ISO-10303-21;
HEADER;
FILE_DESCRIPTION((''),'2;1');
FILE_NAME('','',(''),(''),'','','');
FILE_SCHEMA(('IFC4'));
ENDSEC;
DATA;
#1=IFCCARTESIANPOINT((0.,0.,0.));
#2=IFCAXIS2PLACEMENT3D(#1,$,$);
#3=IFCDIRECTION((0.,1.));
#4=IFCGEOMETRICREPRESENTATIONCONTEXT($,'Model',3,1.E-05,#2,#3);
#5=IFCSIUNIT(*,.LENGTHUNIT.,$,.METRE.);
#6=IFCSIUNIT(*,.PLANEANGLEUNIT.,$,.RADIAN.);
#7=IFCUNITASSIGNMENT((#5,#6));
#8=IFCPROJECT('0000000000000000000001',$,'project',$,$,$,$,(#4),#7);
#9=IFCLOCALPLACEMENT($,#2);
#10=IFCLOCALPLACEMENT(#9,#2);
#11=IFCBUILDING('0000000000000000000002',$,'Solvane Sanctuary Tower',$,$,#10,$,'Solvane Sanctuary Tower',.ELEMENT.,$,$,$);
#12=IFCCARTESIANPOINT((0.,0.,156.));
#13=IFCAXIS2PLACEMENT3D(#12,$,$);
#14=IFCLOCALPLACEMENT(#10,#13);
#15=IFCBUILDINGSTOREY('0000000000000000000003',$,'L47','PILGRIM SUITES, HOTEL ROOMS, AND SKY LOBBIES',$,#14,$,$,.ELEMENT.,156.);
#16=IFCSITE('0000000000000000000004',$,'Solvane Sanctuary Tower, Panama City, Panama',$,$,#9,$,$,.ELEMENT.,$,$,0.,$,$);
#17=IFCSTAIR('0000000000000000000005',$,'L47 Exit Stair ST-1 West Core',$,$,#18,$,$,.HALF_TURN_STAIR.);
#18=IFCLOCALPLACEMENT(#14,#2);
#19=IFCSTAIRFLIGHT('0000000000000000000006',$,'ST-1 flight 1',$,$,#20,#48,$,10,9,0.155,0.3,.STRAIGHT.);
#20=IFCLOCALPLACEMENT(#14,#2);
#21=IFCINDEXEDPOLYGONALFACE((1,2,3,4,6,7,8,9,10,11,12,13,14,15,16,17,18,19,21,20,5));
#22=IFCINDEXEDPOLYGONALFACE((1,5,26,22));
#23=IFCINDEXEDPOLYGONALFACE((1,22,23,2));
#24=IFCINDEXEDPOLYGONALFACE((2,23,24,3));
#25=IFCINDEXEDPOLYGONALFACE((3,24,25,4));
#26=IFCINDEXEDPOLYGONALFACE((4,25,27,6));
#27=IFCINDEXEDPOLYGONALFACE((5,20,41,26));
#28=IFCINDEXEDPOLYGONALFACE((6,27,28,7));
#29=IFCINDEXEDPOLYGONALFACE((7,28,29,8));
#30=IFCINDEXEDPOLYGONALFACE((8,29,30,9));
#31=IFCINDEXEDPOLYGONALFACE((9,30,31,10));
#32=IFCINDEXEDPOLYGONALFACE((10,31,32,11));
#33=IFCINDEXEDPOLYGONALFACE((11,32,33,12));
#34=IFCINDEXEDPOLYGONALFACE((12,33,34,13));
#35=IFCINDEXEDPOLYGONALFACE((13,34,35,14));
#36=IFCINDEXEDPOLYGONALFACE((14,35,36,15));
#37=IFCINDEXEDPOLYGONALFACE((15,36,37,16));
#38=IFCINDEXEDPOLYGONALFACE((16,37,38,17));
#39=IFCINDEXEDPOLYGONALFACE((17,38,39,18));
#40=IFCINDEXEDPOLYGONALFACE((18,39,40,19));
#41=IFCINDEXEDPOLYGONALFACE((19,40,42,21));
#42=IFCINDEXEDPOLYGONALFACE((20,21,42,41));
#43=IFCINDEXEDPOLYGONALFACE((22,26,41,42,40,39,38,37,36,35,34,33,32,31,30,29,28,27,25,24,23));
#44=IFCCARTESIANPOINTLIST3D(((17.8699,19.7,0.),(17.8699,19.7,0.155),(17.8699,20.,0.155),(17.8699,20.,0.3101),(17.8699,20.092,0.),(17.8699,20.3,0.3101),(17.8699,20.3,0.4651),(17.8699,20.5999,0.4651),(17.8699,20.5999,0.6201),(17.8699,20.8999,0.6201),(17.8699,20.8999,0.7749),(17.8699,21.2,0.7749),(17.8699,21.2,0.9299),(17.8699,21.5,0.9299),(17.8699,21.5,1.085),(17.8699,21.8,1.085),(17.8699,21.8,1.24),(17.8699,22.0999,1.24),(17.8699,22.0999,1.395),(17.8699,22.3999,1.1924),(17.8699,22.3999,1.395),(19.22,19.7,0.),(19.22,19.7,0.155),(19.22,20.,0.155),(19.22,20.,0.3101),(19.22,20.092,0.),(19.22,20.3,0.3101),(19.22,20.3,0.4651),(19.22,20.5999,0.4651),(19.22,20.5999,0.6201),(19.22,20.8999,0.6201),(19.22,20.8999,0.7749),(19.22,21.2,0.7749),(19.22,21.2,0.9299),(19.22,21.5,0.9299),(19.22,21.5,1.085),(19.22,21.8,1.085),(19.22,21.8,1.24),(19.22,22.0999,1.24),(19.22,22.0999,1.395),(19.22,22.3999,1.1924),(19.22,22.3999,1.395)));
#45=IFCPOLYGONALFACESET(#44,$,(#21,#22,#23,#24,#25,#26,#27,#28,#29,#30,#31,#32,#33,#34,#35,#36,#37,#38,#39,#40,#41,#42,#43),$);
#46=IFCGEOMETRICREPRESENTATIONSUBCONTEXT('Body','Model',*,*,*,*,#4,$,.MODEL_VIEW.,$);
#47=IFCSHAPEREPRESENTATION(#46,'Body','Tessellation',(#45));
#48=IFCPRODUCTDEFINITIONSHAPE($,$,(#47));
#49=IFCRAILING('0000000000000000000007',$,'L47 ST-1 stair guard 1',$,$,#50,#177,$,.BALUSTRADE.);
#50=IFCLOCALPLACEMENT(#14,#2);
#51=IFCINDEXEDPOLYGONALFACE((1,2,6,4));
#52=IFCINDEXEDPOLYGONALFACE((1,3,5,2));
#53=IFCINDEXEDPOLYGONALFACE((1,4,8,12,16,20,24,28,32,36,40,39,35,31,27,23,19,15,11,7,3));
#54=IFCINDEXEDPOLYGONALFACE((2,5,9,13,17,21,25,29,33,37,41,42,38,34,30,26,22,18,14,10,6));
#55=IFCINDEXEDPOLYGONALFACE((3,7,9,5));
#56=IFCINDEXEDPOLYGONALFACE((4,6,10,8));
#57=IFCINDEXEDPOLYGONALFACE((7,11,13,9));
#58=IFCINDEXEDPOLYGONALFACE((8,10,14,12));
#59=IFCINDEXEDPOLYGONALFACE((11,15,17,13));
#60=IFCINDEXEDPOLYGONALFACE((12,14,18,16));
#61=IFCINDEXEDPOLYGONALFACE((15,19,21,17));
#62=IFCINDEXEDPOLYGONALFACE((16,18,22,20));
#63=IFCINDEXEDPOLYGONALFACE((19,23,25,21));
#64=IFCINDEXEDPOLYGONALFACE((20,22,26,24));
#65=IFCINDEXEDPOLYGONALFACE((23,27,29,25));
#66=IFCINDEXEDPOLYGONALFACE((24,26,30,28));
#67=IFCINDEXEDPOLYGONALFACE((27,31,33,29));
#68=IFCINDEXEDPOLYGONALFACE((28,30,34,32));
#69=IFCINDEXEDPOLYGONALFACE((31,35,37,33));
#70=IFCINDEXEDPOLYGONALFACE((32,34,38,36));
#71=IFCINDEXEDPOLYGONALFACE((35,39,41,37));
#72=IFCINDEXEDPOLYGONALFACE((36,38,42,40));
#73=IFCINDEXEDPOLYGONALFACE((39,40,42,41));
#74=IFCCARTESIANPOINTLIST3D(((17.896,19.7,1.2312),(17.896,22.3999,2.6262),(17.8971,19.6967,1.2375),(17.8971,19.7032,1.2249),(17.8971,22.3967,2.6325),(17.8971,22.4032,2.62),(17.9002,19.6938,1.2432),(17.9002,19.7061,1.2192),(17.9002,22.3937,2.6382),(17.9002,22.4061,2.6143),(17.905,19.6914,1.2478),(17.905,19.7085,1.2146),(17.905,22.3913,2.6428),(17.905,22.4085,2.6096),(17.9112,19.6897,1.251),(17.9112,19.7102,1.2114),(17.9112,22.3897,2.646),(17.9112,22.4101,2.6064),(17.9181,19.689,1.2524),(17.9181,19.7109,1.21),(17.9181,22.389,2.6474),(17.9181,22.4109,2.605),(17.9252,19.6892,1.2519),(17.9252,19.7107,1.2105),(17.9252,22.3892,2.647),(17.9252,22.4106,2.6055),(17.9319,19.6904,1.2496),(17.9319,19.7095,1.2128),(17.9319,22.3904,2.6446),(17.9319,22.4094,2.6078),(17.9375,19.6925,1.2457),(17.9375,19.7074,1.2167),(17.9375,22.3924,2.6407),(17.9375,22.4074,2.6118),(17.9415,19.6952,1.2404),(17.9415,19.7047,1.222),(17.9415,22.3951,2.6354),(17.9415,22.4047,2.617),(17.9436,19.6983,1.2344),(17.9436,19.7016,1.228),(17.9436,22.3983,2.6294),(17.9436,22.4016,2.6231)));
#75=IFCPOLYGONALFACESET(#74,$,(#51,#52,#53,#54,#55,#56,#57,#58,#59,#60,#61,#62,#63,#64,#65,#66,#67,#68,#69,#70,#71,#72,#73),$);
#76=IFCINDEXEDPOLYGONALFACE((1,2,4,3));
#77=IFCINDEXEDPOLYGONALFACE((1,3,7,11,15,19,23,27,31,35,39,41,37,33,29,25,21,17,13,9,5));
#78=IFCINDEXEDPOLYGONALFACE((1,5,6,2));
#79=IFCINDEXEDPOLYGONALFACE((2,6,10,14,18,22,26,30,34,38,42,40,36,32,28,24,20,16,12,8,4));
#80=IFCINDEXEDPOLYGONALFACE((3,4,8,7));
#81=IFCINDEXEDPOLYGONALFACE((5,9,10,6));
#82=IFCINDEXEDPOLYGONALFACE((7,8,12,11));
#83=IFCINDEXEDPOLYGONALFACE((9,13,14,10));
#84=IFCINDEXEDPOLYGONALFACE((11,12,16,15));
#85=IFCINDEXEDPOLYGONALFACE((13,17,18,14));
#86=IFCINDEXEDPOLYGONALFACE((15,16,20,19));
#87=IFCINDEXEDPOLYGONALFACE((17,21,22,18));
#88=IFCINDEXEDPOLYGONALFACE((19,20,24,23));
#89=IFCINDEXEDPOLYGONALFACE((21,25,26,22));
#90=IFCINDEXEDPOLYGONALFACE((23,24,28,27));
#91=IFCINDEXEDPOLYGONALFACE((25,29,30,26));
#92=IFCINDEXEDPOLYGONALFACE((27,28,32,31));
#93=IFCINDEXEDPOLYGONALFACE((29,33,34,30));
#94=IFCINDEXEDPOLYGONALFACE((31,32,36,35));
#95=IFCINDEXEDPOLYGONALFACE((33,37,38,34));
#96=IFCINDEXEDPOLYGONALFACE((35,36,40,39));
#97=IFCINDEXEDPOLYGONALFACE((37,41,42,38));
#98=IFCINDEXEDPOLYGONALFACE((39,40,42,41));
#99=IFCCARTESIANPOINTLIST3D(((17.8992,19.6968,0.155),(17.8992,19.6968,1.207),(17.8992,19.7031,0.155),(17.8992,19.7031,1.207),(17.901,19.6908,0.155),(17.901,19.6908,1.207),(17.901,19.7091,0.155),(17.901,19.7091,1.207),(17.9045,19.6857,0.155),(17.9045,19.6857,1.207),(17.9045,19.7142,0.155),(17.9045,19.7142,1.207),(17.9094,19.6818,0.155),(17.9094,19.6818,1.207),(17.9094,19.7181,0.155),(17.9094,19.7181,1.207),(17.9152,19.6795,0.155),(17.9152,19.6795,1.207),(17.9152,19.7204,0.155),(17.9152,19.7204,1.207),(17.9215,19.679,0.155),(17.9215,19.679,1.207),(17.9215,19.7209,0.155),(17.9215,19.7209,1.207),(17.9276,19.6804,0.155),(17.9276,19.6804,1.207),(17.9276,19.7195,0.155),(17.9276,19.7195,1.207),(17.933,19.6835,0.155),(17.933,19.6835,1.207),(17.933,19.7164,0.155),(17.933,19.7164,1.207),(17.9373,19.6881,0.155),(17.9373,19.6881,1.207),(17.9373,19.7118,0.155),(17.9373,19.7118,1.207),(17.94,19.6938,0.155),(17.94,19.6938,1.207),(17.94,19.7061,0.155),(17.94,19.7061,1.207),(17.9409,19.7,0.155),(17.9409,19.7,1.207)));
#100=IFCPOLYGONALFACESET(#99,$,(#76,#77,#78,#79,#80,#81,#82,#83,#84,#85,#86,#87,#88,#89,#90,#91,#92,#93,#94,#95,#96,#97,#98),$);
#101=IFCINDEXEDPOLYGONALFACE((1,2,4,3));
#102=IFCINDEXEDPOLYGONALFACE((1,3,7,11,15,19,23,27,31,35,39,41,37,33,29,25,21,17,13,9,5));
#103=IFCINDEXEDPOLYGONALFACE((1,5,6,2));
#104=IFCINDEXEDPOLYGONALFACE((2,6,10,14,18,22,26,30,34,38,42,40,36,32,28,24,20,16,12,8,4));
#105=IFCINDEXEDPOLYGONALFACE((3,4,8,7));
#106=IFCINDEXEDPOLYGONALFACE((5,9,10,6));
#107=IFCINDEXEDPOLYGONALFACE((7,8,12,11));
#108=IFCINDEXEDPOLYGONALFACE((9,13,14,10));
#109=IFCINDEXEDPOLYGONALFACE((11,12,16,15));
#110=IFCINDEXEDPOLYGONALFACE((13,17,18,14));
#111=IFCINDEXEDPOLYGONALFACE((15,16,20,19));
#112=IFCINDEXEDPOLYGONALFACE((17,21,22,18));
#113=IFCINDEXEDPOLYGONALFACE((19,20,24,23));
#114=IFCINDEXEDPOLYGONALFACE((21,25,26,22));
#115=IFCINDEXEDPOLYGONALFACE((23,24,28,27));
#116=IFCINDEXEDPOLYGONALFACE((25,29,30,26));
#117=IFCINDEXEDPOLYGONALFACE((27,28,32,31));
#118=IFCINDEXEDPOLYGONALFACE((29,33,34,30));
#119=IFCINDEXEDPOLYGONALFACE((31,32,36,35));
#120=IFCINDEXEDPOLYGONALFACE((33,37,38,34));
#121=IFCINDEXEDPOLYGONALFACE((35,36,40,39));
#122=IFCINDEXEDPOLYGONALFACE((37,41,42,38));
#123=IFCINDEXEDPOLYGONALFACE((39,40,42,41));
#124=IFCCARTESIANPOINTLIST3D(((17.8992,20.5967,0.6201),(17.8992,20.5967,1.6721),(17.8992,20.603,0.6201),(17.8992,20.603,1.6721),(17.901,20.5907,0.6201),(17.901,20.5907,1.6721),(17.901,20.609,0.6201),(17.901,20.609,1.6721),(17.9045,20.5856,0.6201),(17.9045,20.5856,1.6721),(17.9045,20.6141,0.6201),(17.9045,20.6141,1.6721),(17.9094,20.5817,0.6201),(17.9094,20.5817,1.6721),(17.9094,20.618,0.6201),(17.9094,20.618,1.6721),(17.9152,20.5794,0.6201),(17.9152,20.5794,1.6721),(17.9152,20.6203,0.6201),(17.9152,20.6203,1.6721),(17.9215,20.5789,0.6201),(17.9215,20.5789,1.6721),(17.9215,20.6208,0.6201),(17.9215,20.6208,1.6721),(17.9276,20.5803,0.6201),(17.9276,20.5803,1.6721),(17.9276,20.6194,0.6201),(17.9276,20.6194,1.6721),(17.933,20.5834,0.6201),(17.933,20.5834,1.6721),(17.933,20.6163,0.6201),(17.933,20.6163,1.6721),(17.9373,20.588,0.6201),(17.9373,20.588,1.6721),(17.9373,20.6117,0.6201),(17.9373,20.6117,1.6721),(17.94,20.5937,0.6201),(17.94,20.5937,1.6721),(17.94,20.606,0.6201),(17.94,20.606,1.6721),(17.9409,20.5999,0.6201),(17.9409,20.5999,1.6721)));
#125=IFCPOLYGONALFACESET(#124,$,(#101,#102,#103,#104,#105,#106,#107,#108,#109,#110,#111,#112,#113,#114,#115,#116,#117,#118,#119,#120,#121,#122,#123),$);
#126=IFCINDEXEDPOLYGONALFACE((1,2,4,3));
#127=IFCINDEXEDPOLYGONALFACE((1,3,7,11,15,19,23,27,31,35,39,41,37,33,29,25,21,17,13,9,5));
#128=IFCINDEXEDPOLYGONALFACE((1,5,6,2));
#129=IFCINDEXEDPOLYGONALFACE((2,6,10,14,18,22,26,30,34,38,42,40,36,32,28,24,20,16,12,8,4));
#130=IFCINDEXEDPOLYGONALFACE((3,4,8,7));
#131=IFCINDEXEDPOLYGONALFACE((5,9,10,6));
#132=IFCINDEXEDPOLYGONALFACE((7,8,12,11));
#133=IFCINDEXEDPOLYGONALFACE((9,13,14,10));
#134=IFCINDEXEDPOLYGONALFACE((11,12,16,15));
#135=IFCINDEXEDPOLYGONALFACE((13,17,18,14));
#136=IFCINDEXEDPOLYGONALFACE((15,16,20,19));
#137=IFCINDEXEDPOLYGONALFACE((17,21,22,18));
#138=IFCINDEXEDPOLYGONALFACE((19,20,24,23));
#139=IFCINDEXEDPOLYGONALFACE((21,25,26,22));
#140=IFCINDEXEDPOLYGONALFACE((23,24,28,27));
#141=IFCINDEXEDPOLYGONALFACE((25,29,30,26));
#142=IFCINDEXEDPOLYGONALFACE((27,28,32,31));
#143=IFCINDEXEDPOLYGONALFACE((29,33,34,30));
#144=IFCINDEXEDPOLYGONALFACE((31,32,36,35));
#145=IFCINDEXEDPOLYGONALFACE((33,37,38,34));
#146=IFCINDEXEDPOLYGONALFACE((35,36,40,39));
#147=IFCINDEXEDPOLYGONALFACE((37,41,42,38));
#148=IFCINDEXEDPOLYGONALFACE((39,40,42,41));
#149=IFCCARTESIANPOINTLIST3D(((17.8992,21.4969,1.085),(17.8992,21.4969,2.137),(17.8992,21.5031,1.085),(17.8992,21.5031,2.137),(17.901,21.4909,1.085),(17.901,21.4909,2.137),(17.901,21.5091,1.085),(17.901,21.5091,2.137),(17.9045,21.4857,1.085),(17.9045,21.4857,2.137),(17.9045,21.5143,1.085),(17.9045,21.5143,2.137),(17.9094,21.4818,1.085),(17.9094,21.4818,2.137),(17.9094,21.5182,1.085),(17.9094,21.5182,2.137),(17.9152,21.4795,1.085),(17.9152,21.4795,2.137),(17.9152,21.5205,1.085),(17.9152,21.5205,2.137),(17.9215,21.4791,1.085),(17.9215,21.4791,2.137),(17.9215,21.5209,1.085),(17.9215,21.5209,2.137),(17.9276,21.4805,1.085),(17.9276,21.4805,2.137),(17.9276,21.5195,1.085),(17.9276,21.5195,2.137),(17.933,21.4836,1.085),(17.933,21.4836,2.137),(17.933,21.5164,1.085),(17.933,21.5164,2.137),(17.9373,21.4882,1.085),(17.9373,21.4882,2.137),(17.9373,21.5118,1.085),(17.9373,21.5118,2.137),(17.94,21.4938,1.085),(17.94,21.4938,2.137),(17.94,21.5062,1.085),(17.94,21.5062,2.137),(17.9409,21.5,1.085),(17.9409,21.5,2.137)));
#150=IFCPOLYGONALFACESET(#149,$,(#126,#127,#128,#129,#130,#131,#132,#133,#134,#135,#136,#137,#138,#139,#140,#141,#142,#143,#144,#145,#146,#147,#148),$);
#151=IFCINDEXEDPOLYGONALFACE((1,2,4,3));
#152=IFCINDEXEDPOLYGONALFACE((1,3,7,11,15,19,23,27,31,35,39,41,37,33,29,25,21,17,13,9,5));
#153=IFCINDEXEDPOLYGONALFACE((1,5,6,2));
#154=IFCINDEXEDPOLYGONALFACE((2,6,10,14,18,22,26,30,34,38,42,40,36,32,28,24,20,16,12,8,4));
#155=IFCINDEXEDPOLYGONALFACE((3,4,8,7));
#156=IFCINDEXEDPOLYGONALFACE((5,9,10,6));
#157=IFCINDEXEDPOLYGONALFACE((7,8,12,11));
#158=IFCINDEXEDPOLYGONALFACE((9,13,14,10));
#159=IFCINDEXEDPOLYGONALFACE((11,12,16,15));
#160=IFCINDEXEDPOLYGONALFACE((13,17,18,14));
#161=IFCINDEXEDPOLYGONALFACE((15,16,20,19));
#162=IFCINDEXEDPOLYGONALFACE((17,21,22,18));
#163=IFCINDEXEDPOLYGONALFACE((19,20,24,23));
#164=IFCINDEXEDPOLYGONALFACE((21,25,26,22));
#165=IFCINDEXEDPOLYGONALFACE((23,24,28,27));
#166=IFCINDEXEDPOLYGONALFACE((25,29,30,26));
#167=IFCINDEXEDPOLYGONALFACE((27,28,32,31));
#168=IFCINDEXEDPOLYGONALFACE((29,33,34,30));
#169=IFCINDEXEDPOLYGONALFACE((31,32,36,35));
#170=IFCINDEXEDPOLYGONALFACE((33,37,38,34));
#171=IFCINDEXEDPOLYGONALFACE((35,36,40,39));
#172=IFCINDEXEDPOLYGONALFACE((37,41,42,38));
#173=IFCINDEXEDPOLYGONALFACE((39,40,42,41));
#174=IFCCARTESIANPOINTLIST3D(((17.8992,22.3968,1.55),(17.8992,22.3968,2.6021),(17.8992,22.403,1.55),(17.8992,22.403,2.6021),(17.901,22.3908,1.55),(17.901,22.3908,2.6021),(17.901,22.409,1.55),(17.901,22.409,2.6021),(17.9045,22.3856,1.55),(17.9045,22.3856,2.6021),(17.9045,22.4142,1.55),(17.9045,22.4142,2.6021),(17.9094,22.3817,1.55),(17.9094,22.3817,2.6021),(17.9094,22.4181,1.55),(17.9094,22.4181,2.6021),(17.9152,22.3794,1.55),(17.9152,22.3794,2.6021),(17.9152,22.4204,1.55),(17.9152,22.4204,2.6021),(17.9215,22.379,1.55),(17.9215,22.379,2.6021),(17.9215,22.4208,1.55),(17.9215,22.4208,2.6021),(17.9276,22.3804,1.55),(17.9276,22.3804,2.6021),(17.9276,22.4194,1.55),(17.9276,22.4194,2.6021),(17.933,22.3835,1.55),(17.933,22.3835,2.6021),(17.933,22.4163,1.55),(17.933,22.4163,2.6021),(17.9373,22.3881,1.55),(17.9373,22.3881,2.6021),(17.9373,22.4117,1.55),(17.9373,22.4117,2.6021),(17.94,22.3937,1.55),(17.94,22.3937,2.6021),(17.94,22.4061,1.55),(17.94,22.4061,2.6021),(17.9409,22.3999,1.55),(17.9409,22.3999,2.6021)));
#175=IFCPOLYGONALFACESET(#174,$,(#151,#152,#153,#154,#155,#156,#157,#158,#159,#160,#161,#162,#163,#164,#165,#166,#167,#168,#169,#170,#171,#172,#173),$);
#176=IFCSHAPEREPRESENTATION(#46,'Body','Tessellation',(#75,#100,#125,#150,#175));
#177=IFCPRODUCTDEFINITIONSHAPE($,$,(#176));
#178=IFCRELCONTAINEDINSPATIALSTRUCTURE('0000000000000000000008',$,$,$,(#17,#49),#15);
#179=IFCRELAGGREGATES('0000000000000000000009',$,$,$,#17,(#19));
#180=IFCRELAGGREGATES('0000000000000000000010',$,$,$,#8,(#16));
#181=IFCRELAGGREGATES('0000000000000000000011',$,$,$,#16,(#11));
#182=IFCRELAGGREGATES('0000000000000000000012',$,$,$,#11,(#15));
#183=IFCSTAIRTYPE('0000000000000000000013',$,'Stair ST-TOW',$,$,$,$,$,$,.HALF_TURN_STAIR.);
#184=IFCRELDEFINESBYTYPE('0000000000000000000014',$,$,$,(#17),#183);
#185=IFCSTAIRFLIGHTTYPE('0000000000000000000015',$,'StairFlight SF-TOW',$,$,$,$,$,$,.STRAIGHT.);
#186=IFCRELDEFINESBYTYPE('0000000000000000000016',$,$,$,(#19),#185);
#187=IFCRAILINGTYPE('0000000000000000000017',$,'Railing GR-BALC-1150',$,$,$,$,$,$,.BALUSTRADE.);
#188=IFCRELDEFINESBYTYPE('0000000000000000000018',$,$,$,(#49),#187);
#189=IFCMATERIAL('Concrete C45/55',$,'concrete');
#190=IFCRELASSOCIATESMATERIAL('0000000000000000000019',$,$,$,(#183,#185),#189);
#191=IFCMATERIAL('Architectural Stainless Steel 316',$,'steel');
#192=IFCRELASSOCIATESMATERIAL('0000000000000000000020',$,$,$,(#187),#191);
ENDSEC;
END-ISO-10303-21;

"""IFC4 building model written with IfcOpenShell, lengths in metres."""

from ifc_helpers import new_model, si_unit, direction, frame, origin, origin_2d, place, context, subcontext, project, spatial, polyline, circle, outline, extrude, material, type_object, element, aggregate, save


model = new_model("IFC4")

# Units and contexts
model_context = context("Model", 3, precision=1e-05, world=origin(), true_north=direction((0.0, 1.0)))
body_context = subcontext(model_context, "Body", "Model", "MODEL_VIEW")
ifc_project = project(units=[si_unit("LENGTHUNIT", "METRE"), si_unit("PLANEANGLEUNIT", "RADIAN")], contexts=[model_context])

# Site, building, storey
site_placement = place(None, origin())
site = spatial("IfcSite", under=ifc_project, at=site_placement, Name="Solvane Sanctuary Tower, Panama City, Panama", CompositionType="ELEMENT", RefElevation=0.0)
building_placement = place(site_placement, origin())
building = spatial("IfcBuilding", under=site, at=building_placement, Name="Solvane Sanctuary Tower", LongName="Solvane Sanctuary Tower", CompositionType="ELEMENT")
storey_placement = place(building_placement, frame((0.0, 0.0, 156.0)))
storey = spatial("IfcBuildingStorey", under=building, at=storey_placement, Name="L47", Description="PILGRIM SUITES, HOTEL ROOMS, AND SKY LOBBIES", CompositionType="ELEMENT", Elevation=156.0)

# Shared definitions
ifc_material_1 = material(Name="Architectural Stainless Steel 316", Category="steel")

# Stair, stair flight
ifc_material_2 = material(Name="Concrete C45/55", Category="concrete")
stair_type = type_object("IfcStairType", Name="Stair ST-TOW", PredefinedType="HALF_TURN_STAIR", material=ifc_material_2)
stair_placement = place(storey_placement, origin())
stair = element("IfcStair", 1, at=stair_placement, inside=storey, type_object=stair_type, Name="L47 Exit Stair ST-1 West Core", PredefinedType="HALF_TURN_STAIR")
stair_flight_type = type_object("IfcStairFlightType", Name="StairFlight SF-TOW", PredefinedType="STRAIGHT", material=ifc_material_2)
stair_flight_placement = place(storey_placement, frame((18.5449, 19.7, 0.0), z_axis=(0.0, 0.0, 1.0), x_axis=(0.0, 1.0, 0.0)))
stair_flight = element("IfcStairFlight", 2, at=stair_flight_placement, type_object=stair_flight_type, Name="ST-1 flight 1", NumberOfRisers=10, NumberOfTreads=9, PredefinedType="STRAIGHT", RiserHeight=0.155, TreadLength=0.3, context=body_context, shape_type="SweptSolid", body=[
    extrude(outline(polyline([(0.0, 0.0), (0.0, 0.155), (0.3, 0.155), (0.3, 0.3101), (0.6001, 0.3101), (0.6001, 0.4651), (0.8999, 0.4651), (0.8999, 0.6201), (1.2, 0.6201), (1.2, 0.7749), (1.5, 0.7749), (1.5, 0.9299), (1.8, 0.9299), (1.8, 1.085), (2.1001, 1.085), (2.1001, 1.24), (2.3999, 1.24), (2.3999, 1.395), (2.7, 1.395), (2.7, 1.55), (2.7, 1.1924), (0.3921, 0.0), (0.0, 0.0)])), frame((0.0, 0.675, 0.0), z_axis=(0.0, -1.0, 0.0), x_axis=(1.0, 0.0, 0.0)), (0.0, 0.0, 1.0), 1.3501),
])
aggregate(stair, [stair_flight])

# Railing
railing_type_1 = type_object("IfcRailingType", Name="Railing GR-BALC-1150", PredefinedType="BALUSTRADE", material=ifc_material_1)
railing_1_placement = place(storey_placement, frame((17.9199, 19.7, 0.155)))
element("IfcRailing", 3, at=railing_1_placement, inside=storey, type_object=railing_type_1, Name="L47 ST-1 stair guard 1", PredefinedType="BALUSTRADE", context=body_context, shape_type="SweptSolid", body=[
    extrude(circle(Radius=0.0239, at=origin_2d()), frame((0.0, 0.0, 1.0762), z_axis=(0.0, 0.88842, 0.459032), x_axis=(-1.0, 0.0, 0.0)), (0.0, 0.0, 1.0), 3.0391),
    extrude(circle(Radius=0.021, at=origin_2d()), origin(), (0.0, 0.0, 1.0), 1.052),
    extrude(circle(Radius=0.021, at=origin_2d()), frame((0.0, 0.8999, 0.4651)), (0.0, 0.0, 1.0), 1.052),
    extrude(circle(Radius=0.021, at=origin_2d()), frame((0.0, 1.8, 0.9299)), (0.0, 0.0, 1.0), 1.052),
    extrude(circle(Radius=0.021, at=origin_2d()), frame((0.0, 2.7, 1.395)), (0.0, 0.0, 1.0), 1.052),
])

save(model, "model.ifc")
